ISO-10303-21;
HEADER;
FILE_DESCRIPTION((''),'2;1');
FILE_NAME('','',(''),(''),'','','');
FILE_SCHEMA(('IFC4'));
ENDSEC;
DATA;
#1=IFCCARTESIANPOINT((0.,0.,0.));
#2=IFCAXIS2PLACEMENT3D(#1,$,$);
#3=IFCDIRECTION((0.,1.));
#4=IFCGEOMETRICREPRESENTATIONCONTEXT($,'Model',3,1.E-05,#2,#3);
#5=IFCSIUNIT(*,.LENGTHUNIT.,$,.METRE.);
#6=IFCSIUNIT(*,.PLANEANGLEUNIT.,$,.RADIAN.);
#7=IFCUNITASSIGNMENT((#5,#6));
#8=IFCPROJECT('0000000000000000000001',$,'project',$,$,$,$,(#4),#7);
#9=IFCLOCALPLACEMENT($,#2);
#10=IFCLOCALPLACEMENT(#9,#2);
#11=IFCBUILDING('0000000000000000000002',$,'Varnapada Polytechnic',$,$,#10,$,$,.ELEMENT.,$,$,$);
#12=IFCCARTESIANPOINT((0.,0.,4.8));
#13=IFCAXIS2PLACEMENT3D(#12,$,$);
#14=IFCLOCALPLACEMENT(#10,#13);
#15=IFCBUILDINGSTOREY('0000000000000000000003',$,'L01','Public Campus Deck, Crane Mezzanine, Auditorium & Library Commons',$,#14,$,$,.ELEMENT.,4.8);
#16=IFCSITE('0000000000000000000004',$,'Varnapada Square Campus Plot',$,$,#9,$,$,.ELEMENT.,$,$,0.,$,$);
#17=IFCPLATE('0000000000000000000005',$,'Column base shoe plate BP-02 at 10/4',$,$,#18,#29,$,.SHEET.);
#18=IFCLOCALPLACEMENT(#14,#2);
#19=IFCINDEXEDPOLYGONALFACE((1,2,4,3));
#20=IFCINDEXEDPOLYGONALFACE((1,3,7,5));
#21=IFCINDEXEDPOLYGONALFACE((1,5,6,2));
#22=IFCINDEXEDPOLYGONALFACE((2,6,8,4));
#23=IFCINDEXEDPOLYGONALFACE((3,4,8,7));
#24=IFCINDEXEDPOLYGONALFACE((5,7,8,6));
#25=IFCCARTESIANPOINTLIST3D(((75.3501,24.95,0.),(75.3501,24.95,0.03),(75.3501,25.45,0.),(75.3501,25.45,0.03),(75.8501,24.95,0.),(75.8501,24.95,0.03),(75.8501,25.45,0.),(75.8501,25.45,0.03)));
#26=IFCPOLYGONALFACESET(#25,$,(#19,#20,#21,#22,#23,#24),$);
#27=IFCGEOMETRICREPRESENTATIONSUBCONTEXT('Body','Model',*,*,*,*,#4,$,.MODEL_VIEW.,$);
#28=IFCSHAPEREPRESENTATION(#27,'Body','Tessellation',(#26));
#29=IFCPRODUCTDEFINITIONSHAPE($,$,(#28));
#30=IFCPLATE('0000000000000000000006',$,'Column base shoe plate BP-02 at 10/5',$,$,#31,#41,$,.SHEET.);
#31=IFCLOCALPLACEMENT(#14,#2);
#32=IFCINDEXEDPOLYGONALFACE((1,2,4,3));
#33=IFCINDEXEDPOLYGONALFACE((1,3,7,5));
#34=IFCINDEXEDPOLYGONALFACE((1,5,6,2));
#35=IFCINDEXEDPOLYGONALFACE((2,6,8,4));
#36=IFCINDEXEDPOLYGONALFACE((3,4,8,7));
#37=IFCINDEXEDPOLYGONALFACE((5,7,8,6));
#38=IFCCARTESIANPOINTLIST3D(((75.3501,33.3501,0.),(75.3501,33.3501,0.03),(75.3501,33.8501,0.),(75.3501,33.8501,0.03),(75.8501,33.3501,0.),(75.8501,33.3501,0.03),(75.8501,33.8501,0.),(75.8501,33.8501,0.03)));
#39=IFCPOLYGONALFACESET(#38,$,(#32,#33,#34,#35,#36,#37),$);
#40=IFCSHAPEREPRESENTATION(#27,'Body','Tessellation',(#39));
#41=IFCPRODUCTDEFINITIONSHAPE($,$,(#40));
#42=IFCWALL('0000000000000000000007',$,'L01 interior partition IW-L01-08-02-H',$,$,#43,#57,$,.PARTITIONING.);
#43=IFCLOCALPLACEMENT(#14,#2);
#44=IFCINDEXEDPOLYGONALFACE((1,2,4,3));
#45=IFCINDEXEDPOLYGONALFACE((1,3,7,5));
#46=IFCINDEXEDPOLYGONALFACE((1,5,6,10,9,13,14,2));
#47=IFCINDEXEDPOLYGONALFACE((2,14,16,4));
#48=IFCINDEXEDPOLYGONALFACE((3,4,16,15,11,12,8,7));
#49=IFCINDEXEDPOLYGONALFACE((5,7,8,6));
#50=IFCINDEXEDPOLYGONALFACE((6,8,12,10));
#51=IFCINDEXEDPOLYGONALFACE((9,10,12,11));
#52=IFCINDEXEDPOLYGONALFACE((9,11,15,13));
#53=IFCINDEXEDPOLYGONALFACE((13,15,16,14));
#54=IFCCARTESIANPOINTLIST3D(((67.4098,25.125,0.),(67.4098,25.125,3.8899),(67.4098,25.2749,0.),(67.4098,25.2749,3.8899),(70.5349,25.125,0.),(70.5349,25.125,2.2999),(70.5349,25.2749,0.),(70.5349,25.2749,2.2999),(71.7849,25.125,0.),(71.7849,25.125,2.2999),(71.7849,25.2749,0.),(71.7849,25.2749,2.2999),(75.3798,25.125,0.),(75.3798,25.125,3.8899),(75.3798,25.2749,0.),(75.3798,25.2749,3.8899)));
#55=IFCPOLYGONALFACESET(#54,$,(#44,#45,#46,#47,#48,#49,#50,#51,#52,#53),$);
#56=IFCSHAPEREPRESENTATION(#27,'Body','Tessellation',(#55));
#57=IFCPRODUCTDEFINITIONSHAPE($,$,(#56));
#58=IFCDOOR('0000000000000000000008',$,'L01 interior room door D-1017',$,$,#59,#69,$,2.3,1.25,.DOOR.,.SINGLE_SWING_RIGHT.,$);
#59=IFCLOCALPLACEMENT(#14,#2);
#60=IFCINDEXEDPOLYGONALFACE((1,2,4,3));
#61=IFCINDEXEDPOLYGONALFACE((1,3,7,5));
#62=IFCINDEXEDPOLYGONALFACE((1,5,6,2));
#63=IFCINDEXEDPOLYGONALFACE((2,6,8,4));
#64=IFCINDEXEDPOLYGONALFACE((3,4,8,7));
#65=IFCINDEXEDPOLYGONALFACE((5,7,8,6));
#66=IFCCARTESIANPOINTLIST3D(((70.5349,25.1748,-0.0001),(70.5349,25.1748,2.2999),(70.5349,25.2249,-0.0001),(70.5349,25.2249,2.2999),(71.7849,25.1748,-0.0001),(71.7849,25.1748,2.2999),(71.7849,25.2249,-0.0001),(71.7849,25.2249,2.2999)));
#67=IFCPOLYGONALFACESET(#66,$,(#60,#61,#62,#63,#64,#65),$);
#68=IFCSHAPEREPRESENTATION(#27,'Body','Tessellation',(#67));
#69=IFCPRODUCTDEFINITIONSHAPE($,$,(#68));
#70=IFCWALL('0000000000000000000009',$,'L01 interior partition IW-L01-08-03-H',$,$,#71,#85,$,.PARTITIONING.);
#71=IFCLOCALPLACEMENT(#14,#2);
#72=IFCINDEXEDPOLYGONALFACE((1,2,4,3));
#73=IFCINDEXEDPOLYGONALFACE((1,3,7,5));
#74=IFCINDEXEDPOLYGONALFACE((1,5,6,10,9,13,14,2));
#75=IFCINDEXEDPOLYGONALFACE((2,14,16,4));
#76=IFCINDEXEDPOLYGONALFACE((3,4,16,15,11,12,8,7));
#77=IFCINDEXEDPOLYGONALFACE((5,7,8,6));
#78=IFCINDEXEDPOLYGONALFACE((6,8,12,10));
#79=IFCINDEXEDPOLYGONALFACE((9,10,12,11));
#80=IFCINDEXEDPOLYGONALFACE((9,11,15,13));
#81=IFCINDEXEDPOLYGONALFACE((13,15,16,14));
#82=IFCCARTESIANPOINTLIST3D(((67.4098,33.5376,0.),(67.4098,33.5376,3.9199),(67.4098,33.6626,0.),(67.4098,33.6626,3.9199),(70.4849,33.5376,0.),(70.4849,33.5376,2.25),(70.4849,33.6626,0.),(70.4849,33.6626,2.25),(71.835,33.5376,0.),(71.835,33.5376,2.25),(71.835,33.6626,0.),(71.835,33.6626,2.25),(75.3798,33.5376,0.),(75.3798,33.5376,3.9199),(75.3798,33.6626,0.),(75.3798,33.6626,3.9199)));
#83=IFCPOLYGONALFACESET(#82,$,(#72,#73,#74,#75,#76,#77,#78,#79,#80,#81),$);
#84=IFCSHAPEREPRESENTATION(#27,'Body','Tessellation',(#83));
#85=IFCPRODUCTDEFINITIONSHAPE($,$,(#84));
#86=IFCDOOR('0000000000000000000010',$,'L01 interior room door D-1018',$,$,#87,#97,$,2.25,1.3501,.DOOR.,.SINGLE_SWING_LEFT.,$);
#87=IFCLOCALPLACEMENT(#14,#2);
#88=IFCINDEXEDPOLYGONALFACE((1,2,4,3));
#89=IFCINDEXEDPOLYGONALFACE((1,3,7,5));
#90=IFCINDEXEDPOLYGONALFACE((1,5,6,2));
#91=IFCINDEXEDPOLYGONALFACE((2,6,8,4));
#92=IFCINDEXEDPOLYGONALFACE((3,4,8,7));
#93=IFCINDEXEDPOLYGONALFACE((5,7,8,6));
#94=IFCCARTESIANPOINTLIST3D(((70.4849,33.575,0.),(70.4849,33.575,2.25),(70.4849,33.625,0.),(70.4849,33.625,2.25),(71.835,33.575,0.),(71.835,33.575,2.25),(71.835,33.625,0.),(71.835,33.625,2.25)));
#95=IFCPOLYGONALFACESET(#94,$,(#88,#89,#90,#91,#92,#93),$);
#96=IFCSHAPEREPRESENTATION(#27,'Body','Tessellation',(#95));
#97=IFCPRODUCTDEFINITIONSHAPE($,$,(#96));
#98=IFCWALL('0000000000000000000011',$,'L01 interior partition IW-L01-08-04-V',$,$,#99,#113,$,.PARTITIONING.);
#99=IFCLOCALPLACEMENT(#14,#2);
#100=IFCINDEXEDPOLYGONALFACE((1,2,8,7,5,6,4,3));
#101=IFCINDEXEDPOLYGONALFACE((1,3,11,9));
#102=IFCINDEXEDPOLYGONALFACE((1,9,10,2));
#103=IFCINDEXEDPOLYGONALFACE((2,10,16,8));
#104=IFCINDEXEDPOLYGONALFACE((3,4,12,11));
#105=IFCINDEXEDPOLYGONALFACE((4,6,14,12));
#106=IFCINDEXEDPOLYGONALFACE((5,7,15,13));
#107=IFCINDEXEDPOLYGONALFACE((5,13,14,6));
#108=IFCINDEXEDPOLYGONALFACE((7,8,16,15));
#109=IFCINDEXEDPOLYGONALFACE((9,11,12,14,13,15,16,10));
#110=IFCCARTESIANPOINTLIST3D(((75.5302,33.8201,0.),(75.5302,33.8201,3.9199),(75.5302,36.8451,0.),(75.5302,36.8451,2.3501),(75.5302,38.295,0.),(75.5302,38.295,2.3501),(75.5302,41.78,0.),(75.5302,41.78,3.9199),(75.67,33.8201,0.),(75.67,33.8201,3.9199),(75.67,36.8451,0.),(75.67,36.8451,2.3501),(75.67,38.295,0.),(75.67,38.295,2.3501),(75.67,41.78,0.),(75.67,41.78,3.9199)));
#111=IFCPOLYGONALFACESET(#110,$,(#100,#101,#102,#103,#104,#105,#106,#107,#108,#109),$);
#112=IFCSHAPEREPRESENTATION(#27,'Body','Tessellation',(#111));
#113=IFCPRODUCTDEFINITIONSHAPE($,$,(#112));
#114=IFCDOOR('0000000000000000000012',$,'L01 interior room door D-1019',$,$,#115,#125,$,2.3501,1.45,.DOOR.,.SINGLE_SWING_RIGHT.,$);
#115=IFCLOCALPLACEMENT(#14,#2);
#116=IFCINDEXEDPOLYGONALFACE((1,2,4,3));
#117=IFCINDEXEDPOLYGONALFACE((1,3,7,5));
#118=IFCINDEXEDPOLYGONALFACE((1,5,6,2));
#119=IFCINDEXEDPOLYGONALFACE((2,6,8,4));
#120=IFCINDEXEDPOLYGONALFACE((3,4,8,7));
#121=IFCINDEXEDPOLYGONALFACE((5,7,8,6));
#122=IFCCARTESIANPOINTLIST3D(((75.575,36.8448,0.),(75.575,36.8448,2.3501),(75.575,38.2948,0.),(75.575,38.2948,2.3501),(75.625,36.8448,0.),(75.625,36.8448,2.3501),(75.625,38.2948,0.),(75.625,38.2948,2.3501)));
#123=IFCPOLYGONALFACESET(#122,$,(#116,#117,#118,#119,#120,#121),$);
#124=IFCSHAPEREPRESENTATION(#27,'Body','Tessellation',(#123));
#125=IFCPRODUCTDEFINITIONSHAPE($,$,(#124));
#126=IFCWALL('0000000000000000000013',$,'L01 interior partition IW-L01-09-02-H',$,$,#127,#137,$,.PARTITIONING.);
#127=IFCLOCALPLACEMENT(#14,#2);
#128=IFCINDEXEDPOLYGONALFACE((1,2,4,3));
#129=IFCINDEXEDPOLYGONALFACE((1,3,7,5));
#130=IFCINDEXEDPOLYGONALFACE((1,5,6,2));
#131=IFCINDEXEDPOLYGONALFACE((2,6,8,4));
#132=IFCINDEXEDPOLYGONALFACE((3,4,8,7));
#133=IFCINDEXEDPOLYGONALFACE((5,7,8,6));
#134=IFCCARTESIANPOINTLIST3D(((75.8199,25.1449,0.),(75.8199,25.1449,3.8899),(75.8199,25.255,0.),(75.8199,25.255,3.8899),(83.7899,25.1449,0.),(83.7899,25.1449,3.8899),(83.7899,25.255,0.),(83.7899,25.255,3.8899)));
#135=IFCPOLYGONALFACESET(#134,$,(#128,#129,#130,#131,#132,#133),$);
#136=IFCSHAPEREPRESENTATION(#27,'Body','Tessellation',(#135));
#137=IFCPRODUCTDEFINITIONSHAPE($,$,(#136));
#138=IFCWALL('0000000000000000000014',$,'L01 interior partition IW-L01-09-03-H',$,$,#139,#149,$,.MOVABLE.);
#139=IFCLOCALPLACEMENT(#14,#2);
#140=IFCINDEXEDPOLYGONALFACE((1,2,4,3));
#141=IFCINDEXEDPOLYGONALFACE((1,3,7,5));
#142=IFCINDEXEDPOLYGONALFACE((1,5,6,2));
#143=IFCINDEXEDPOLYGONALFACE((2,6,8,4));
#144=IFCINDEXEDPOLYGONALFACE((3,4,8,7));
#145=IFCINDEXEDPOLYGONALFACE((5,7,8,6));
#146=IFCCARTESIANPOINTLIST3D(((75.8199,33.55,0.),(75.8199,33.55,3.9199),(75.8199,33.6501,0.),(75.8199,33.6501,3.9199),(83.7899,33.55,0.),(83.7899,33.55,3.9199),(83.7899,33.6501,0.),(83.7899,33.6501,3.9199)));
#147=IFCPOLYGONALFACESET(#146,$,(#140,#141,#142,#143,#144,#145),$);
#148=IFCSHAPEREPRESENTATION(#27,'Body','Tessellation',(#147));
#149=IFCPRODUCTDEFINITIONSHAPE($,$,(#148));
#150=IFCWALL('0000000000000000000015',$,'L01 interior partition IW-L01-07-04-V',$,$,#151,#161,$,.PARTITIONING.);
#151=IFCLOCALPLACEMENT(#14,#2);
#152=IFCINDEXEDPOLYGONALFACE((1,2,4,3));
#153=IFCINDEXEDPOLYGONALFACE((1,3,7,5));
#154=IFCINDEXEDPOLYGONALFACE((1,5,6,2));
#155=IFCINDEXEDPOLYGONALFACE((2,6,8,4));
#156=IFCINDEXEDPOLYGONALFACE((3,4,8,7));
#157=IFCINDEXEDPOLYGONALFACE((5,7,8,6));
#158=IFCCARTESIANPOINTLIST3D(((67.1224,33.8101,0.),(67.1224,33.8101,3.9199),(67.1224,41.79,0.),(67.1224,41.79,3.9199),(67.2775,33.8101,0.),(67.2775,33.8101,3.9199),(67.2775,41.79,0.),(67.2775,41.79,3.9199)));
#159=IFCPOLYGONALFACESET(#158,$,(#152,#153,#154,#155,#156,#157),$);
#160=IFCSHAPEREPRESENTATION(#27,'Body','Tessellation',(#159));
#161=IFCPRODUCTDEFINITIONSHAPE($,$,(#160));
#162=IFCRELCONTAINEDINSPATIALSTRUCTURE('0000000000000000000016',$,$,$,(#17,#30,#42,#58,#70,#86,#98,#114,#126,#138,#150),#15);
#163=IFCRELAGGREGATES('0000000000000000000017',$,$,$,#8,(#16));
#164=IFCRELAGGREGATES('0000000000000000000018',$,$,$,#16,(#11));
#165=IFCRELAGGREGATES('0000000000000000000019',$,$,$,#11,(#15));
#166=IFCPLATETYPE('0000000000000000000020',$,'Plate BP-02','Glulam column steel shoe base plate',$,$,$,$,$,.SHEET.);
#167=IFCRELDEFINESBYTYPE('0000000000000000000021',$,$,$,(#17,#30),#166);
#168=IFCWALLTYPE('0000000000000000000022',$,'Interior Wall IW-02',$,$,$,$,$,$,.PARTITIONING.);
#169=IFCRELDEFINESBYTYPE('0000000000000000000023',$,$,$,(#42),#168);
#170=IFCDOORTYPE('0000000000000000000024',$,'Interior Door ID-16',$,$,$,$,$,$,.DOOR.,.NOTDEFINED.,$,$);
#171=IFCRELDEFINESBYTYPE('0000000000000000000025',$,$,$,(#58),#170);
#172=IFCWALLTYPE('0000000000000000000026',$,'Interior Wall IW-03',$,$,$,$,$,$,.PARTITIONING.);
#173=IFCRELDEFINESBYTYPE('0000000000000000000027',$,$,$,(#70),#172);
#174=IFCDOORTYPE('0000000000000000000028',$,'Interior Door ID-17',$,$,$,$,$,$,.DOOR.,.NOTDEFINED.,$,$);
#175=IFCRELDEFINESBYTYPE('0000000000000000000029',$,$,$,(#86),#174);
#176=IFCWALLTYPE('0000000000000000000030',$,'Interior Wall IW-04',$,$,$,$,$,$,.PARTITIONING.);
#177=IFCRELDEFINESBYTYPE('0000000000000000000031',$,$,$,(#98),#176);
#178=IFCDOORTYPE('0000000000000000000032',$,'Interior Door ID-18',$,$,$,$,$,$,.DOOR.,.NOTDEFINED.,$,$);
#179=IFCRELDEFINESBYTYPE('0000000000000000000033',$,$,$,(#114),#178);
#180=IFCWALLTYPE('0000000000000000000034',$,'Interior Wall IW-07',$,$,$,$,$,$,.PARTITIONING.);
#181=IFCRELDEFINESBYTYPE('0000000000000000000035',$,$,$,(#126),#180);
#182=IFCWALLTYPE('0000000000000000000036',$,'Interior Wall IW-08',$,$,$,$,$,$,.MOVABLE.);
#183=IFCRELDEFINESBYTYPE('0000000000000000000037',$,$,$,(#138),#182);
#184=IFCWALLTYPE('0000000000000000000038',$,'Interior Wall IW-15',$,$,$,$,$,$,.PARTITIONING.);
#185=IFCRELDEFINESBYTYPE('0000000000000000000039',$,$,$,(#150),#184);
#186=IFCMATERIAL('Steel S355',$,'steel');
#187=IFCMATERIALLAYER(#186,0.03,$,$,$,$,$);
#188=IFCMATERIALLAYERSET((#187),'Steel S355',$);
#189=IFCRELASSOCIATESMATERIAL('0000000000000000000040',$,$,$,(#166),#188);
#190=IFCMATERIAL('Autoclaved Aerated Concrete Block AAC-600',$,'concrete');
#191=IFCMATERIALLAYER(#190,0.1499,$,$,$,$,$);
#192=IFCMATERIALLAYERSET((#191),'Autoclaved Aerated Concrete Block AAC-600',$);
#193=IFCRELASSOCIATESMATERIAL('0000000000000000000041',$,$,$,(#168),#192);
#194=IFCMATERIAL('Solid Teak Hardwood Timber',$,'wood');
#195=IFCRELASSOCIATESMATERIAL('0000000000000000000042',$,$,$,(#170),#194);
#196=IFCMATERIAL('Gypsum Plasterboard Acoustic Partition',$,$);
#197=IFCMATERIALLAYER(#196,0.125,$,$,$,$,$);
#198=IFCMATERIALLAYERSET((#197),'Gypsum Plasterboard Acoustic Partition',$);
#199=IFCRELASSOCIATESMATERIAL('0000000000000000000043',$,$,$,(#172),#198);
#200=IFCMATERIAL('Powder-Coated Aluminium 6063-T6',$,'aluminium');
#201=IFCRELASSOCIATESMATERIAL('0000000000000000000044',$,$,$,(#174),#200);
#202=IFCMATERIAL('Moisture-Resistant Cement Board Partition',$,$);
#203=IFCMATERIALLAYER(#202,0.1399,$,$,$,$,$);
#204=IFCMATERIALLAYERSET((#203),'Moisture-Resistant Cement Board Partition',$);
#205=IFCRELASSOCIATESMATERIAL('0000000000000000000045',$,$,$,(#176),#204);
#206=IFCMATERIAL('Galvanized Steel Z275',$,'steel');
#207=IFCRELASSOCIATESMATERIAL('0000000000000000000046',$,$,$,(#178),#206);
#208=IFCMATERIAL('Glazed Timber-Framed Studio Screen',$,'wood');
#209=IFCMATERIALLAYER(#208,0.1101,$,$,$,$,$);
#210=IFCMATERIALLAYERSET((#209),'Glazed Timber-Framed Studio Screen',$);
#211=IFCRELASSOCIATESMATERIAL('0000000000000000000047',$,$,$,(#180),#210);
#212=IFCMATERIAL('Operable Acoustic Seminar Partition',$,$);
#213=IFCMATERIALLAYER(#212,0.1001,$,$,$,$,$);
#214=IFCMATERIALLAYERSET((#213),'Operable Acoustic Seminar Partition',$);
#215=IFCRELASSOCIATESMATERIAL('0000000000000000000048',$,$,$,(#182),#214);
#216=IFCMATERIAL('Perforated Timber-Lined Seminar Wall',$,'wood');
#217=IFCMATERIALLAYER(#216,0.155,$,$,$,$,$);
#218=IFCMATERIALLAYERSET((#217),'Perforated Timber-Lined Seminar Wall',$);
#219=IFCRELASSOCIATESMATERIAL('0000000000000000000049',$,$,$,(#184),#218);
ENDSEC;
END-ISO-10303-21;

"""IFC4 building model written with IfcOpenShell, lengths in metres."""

from ifc_helpers import new_model, si_unit, direction, frame, frame_2d, origin, origin_2d, place, context, subcontext, project, spatial, rectangle, extrude, material, layer, layer_set, type_object, element, fill, save


model = new_model("IFC4")

# Units and contexts
model_context = context("Model", 3, precision=1e-05, world=origin(), true_north=direction((0.0, 1.0)))
body_context = subcontext(model_context, "Body", "Model", "MODEL_VIEW")
ifc_project = project(units=[si_unit("LENGTHUNIT", "METRE"), si_unit("PLANEANGLEUNIT", "RADIAN")], contexts=[model_context])

# Site, building, storey
site_placement = place(None, origin())
site = spatial("IfcSite", under=ifc_project, at=site_placement, Name="Varnapada Square Campus Plot", CompositionType="ELEMENT", RefElevation=0.0)
building_placement = place(site_placement, origin())
building = spatial("IfcBuilding", under=site, at=building_placement, Name="Varnapada Polytechnic", CompositionType="ELEMENT")
storey_placement = place(building_placement, frame((0.0, 0.0, 4.8)))
storey = spatial("IfcBuildingStorey", under=building, at=storey_placement, Name="L01", Description="Public Campus Deck, Crane Mezzanine, Auditorium & Library Commons", CompositionType="ELEMENT", Elevation=4.8)

# Plates
ifc_material_1 = material(Name="Steel S355", Category="steel")
ifc_layer_1 = layer(ifc_material_1, 0.03)
ifc_layer_set_1 = layer_set([ifc_layer_1], Name="Steel S355")
plate_type = type_object("IfcPlateType", Name="Plate BP-02", Description="Glulam column steel shoe base plate", PredefinedType="SHEET", material=ifc_layer_set_1)
for number, where, z_axis, x_axis, name in (
    (1, (75.6001, 25.2, 0.0), (0.0, 0.0, 1.0), (1.0, 0.0, 0.0), "Column base shoe plate BP-02 at 10/4"),
    (2, (75.6001, 33.6001, 0.0), (0.0, 0.0, 1.0), (1.0, 0.0, 0.0), "Column base shoe plate BP-02 at 10/5"),
):
    element("IfcPlate", number, at=place(storey_placement, frame(where, z_axis=z_axis, x_axis=x_axis)), inside=storey, type_object=plate_type, Name=name, PredefinedType="SHEET", context=body_context, shape_type="SweptSolid", body=[
        extrude(rectangle(XDim=0.5, YDim=0.5, at=origin_2d()), origin(), (0.0, 0.0, 1.0), 0.03),
    ])

# Walls, openings, doors
ifc_material_2 = material(Name="Autoclaved Aerated Concrete Block AAC-600", Category="concrete")
ifc_layer_2 = layer(ifc_material_2, 0.1499)
ifc_layer_set_2 = layer_set([ifc_layer_2], Name="Autoclaved Aerated Concrete Block AAC-600")
wall_type_1 = type_object("IfcWallType", Name="Interior Wall IW-02", PredefinedType="PARTITIONING", material=ifc_layer_set_2)
wall_1_placement = place(storey_placement, frame((67.4099, 25.2, 0.0), z_axis=(0.0, 0.0, 1.0), x_axis=(1.0, 0.0, 0.0)))
wall_1 = element("IfcWall", 3, at=wall_1_placement, inside=storey, type_object=wall_type_1, Name="L01 interior partition IW-L01-08-02-H", PredefinedType="PARTITIONING", context=body_context, shape_type="SweptSolid", body=[
    extrude(rectangle(XDim=7.97, YDim=0.1499, at=frame_2d((3.9849, 0.0))), origin(), (0.0, 0.0, 1.0), 3.8899),
])
opening_1_placement = place(wall_1_placement, frame((3.125, 0.0, 0.0)))
opening_1 = element("IfcOpeningElement", 4, at=opening_1_placement, cuts=wall_1, PredefinedType="OPENING", context=body_context, shape_type="SweptSolid", body=[
    extrude(rectangle(XDim=1.25, YDim=2.3, at=frame_2d((0.625, 1.1499))), frame((0.0, 0.085, 0.0), z_axis=(0.0, -1.0, 0.0), x_axis=(1.0, 0.0, 0.0)), (0.0, 0.0, 1.0), 0.1699),
])
ifc_material_3 = material(Name="Solid Teak Hardwood Timber", Category="wood")
door_type_1 = type_object("IfcDoorType", Name="Interior Door ID-16", OperationType="NOTDEFINED", PredefinedType="DOOR", material=ifc_material_3)
door_1_placement = place(opening_1_placement, origin())
door_1 = element("IfcDoor", 5, at=door_1_placement, inside=storey, type_object=door_type_1, Name="L01 interior room door D-1017", OperationType="SINGLE_SWING_RIGHT", OverallHeight=2.3, OverallWidth=1.25, PredefinedType="DOOR", context=body_context, shape_type="SweptSolid", body=[
    extrude(rectangle(XDim=1.25, YDim=2.3, at=frame_2d((0.625, 1.1499))), frame((0.0, 0.0249, 0.0), z_axis=(0.0, -1.0, 0.0), x_axis=(1.0, 0.0, 0.0)), (0.0, 0.0, 1.0), 0.05),
])
fill(opening_1, door_1)
ifc_material_4 = material(Name="Gypsum Plasterboard Acoustic Partition")
ifc_layer_3 = layer(ifc_material_4, 0.125)
ifc_layer_set_3 = layer_set([ifc_layer_3], Name="Gypsum Plasterboard Acoustic Partition")
wall_type_2 = type_object("IfcWallType", Name="Interior Wall IW-03", PredefinedType="PARTITIONING", material=ifc_layer_set_3)
wall_2_placement = place(storey_placement, frame((67.4099, 33.6001, 0.0), z_axis=(0.0, 0.0, 1.0), x_axis=(1.0, 0.0, 0.0)))
wall_2 = element("IfcWall", 6, at=wall_2_placement, inside=storey, type_object=wall_type_2, Name="L01 interior partition IW-L01-08-03-H", PredefinedType="PARTITIONING", context=body_context, shape_type="SweptSolid", body=[
    extrude(rectangle(XDim=7.97, YDim=0.125, at=frame_2d((3.9849, 0.0))), origin(), (0.0, 0.0, 1.0), 3.9199),
])
opening_2_placement = place(wall_2_placement, frame((3.075, 0.0, 0.0)))
opening_2 = element("IfcOpeningElement", 7, at=opening_2_placement, cuts=wall_2, PredefinedType="OPENING", context=body_context, shape_type="SweptSolid", body=[
    extrude(rectangle(XDim=1.3501, YDim=2.25, at=frame_2d((0.675, 1.125))), frame((0.0, 0.0725, 0.0), z_axis=(0.0, -1.0, 0.0), x_axis=(1.0, 0.0, 0.0)), (0.0, 0.0, 1.0), 0.145),
])
ifc_material_5 = material(Name="Powder-Coated Aluminium 6063-T6", Category="aluminium")
door_type_2 = type_object("IfcDoorType", Name="Interior Door ID-17", OperationType="NOTDEFINED", PredefinedType="DOOR", material=ifc_material_5)
door_2_placement = place(opening_2_placement, origin())
door_2 = element("IfcDoor", 8, at=door_2_placement, inside=storey, type_object=door_type_2, Name="L01 interior room door D-1018", OperationType="SINGLE_SWING_LEFT", OverallHeight=2.25, OverallWidth=1.3501, PredefinedType="DOOR", context=body_context, shape_type="SweptSolid", body=[
    extrude(rectangle(XDim=1.3501, YDim=2.25, at=frame_2d((0.675, 1.125))), frame((0.0, 0.0249, 0.0), z_axis=(0.0, -1.0, 0.0), x_axis=(1.0, 0.0, 0.0)), (0.0, 0.0, 1.0), 0.05),
])
fill(opening_2, door_2)
ifc_material_6 = material(Name="Moisture-Resistant Cement Board Partition")
ifc_layer_4 = layer(ifc_material_6, 0.1399)
ifc_layer_set_4 = layer_set([ifc_layer_4], Name="Moisture-Resistant Cement Board Partition")
wall_type_3 = type_object("IfcWallType", Name="Interior Wall IW-04", PredefinedType="PARTITIONING", material=ifc_layer_set_4)
wall_3_placement = place(storey_placement, frame((75.6001, 33.8201, 0.0), z_axis=(0.0, 0.0, 1.0), x_axis=(0.0, 1.0, 0.0)))
wall_3 = element("IfcWall", 9, at=wall_3_placement, inside=storey, type_object=wall_type_3, Name="L01 interior partition IW-L01-08-04-V", PredefinedType="PARTITIONING", context=body_context, shape_type="SweptSolid", body=[
    extrude(rectangle(XDim=7.96, YDim=0.1399, at=frame_2d((3.98, 0.0))), origin(), (0.0, 0.0, 1.0), 3.9199),
])
opening_3_placement = place(wall_3_placement, frame((3.0249, 0.0, 0.0)))
opening_3 = element("IfcOpeningElement", 10, at=opening_3_placement, cuts=wall_3, PredefinedType="OPENING", context=body_context, shape_type="SweptSolid", body=[
    extrude(rectangle(XDim=1.45, YDim=2.3501, at=frame_2d((0.7251, 1.175))), frame((0.0, 0.0798, 0.0), z_axis=(0.0, -1.0, 0.0), x_axis=(1.0, 0.0, 0.0)), (0.0, 0.0, 1.0), 0.1599),
])
ifc_material_7 = material(Name="Galvanized Steel Z275", Category="steel")
door_type_3 = type_object("IfcDoorType", Name="Interior Door ID-18", OperationType="NOTDEFINED", PredefinedType="DOOR", material=ifc_material_7)
door_3_placement = place(opening_3_placement, frame((1.45, 0.0, 0.0), z_axis=(0.0, 0.0, 1.0), x_axis=(-1.0, 0.0, 0.0)))
door_3 = element("IfcDoor", 11, at=door_3_placement, inside=storey, type_object=door_type_3, Name="L01 interior room door D-1019", OperationType="SINGLE_SWING_RIGHT", OverallHeight=2.3501, OverallWidth=1.45, PredefinedType="DOOR", context=body_context, shape_type="SweptSolid", body=[
    extrude(rectangle(XDim=1.45, YDim=2.3501, at=frame_2d((0.7251, 1.175))), frame((0.0, 0.0249, 0.0), z_axis=(0.0, -1.0, 0.0), x_axis=(1.0, 0.0, 0.0)), (0.0, 0.0, 1.0), 0.05),
])
fill(opening_3, door_3)

# Walls
ifc_material_8 = material(Name="Glazed Timber-Framed Studio Screen", Category="wood")
ifc_layer_5 = layer(ifc_material_8, 0.1101)
ifc_layer_set_5 = layer_set([ifc_layer_5], Name="Glazed Timber-Framed Studio Screen")
wall_type_4 = type_object("IfcWallType", Name="Interior Wall IW-07", PredefinedType="PARTITIONING", material=ifc_layer_set_5)
wall_4_placement = place(storey_placement, frame((75.8201, 25.2, 0.0), z_axis=(0.0, 0.0, 1.0), x_axis=(1.0, 0.0, 0.0)))
element("IfcWall", 12, at=wall_4_placement, inside=storey, type_object=wall_type_4, Name="L01 interior partition IW-L01-09-02-H", PredefinedType="PARTITIONING", context=body_context, shape_type="SweptSolid", body=[
    extrude(rectangle(XDim=7.97, YDim=0.1101, at=frame_2d((3.9849, 0.0))), origin(), (0.0, 0.0, 1.0), 3.8899),
])
ifc_material_9 = material(Name="Operable Acoustic Seminar Partition")
ifc_layer_6 = layer(ifc_material_9, 0.1001)
ifc_layer_set_6 = layer_set([ifc_layer_6], Name="Operable Acoustic Seminar Partition")
wall_type_5 = type_object("IfcWallType", Name="Interior Wall IW-08", PredefinedType="MOVABLE", material=ifc_layer_set_6)
wall_5_placement = place(storey_placement, frame((75.8201, 33.6001, 0.0), z_axis=(0.0, 0.0, 1.0), x_axis=(1.0, 0.0, 0.0)))
element("IfcWall", 13, at=wall_5_placement, inside=storey, type_object=wall_type_5, Name="L01 interior partition IW-L01-09-03-H", PredefinedType="MOVABLE", context=body_context, shape_type="SweptSolid", body=[
    extrude(rectangle(XDim=7.97, YDim=0.1001, at=frame_2d((3.9849, 0.0))), origin(), (0.0, 0.0, 1.0), 3.9199),
])
ifc_material_10 = material(Name="Perforated Timber-Lined Seminar Wall", Category="wood")
ifc_layer_7 = layer(ifc_material_10, 0.155)
ifc_layer_set_7 = layer_set([ifc_layer_7], Name="Perforated Timber-Lined Seminar Wall")
wall_type_6 = type_object("IfcWallType", Name="Interior Wall IW-15", PredefinedType="PARTITIONING", material=ifc_layer_set_7)
wall_6_placement = place(storey_placement, frame((67.2, 33.8101, 0.0), z_axis=(0.0, 0.0, 1.0), x_axis=(0.0, 1.0, 0.0)))
element("IfcWall", 14, at=wall_6_placement, inside=storey, type_object=wall_type_6, Name="L01 interior partition IW-L01-07-04-V", PredefinedType="PARTITIONING", context=body_context, shape_type="SweptSolid", body=[
    extrude(rectangle(XDim=7.98, YDim=0.155, at=frame_2d((3.99, 0.0))), origin(), (0.0, 0.0, 1.0), 3.9199),
])

save(model, "model.ifc")
